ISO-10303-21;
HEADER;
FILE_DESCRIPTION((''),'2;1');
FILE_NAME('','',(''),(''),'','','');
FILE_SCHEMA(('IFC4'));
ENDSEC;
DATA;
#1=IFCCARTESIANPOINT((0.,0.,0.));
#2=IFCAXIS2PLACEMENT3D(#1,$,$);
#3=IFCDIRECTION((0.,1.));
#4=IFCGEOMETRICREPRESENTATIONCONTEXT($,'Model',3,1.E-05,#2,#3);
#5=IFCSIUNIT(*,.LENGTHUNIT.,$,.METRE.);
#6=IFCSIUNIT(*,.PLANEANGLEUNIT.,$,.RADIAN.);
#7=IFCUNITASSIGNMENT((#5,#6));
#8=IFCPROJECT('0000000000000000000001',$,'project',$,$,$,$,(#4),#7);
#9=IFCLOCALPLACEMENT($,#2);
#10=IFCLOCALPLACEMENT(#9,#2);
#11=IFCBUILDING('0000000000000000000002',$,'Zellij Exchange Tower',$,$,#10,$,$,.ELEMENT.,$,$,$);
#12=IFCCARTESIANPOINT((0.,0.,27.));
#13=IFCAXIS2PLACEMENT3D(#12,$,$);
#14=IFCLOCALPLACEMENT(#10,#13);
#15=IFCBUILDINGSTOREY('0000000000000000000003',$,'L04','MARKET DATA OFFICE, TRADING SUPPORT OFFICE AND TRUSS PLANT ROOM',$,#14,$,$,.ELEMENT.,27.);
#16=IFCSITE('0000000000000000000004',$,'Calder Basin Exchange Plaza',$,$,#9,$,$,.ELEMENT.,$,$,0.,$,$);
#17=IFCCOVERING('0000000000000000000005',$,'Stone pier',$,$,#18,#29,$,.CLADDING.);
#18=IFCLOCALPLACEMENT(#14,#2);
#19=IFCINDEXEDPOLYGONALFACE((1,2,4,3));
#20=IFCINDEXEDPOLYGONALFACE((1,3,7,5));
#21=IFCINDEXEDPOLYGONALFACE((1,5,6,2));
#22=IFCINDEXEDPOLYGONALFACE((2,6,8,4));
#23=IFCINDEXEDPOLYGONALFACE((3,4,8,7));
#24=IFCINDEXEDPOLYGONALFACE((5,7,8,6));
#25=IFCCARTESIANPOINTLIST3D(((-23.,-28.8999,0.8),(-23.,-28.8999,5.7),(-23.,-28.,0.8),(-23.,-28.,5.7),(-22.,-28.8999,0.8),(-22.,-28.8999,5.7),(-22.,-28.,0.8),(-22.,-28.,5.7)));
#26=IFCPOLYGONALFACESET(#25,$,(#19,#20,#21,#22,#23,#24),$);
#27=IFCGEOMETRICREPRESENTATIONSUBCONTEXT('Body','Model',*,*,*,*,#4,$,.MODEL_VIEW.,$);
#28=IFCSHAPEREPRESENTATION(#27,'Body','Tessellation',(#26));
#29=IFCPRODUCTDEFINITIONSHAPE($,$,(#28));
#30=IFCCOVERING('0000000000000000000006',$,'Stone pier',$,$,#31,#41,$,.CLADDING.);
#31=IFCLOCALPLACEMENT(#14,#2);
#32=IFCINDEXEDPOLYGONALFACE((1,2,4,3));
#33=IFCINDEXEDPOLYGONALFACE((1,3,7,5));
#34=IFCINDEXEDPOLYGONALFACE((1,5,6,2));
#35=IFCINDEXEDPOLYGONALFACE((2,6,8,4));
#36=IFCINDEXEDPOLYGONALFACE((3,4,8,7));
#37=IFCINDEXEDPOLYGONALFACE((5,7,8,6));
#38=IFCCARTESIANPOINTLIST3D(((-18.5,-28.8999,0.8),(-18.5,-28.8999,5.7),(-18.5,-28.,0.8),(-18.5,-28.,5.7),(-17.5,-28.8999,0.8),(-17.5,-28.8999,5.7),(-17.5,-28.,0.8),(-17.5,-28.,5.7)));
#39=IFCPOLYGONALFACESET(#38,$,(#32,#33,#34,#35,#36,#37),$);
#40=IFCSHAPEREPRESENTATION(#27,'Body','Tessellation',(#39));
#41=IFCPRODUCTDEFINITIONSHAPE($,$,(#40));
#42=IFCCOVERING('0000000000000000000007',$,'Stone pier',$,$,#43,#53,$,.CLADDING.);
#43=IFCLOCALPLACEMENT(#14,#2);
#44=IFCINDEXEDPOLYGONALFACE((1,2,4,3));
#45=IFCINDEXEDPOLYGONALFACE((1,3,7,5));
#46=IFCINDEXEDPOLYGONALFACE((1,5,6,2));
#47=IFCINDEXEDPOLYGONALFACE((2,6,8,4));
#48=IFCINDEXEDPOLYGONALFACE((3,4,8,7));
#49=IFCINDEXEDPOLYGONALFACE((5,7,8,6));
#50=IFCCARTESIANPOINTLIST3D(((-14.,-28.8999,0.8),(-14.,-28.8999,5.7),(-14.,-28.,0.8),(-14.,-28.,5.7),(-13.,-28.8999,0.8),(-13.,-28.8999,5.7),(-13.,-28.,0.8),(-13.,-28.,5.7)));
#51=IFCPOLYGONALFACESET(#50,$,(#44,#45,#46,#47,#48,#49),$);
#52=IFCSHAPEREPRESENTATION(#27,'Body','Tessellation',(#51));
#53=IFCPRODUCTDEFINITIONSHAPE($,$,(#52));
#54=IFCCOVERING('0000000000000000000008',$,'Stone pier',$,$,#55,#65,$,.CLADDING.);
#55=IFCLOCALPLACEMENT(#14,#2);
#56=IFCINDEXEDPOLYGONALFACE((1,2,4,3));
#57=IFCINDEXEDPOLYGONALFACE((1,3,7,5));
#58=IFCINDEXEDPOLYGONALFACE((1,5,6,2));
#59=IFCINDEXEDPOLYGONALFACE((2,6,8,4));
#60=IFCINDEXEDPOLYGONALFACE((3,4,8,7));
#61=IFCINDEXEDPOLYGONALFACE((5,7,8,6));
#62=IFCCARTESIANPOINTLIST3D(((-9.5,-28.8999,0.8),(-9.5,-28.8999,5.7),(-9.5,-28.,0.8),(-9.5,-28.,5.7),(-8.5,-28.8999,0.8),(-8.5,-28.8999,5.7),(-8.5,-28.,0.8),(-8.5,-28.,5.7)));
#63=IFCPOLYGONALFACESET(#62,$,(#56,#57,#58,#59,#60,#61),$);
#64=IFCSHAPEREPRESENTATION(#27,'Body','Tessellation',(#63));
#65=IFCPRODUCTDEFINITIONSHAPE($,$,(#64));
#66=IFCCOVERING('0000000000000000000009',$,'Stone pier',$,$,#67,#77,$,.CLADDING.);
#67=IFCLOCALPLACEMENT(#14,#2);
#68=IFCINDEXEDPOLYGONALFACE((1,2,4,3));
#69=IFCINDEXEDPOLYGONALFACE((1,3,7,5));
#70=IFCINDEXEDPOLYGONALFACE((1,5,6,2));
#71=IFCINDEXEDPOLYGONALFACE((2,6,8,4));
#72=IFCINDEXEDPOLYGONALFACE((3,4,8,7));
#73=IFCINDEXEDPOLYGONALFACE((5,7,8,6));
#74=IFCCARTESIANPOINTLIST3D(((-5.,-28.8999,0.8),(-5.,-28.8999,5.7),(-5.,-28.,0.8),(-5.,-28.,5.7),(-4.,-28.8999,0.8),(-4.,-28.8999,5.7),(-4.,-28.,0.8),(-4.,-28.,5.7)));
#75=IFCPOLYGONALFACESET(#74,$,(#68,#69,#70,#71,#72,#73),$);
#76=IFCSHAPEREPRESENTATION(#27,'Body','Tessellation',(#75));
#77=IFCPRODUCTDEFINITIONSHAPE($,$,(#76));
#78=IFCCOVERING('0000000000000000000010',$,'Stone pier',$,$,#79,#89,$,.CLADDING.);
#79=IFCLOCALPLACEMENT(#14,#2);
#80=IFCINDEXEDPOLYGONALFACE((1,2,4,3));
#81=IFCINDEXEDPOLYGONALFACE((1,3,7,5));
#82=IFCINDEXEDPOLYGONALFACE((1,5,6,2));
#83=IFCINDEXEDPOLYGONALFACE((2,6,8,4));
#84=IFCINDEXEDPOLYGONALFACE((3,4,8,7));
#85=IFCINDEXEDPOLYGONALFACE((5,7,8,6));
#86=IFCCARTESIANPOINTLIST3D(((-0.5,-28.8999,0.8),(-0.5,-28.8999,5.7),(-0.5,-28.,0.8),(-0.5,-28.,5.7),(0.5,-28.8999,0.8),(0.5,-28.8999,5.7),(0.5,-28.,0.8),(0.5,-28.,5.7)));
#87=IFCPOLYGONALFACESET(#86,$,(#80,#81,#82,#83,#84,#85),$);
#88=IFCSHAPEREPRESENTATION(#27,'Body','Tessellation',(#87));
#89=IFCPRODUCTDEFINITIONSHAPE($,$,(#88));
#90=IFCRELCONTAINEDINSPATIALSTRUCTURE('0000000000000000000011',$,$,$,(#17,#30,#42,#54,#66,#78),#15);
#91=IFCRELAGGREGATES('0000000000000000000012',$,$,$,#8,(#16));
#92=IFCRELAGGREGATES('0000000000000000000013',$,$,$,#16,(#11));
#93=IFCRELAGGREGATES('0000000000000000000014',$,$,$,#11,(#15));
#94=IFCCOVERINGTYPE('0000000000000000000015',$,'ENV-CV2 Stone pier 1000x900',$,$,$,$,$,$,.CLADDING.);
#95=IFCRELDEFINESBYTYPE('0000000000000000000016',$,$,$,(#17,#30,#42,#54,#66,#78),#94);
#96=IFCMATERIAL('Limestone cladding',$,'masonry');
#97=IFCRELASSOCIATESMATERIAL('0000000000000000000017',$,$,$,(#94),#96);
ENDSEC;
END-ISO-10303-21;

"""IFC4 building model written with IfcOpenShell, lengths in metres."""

from ifc_helpers import new_model, si_unit, direction, frame, origin, place, context, subcontext, project, spatial, polyline, outline, extrude, material, type_object, element, save


model = new_model("IFC4")

# Units and contexts
model_context = context("Model", 3, precision=1e-05, world=origin(), true_north=direction((0.0, 1.0)))
body_context = subcontext(model_context, "Body", "Model", "MODEL_VIEW")
ifc_project = project(units=[si_unit("LENGTHUNIT", "METRE"), si_unit("PLANEANGLEUNIT", "RADIAN")], contexts=[model_context])

# Site, building, storey
site_placement = place(None, origin())
site = spatial("IfcSite", under=ifc_project, at=site_placement, Name="Calder Basin Exchange Plaza", CompositionType="ELEMENT", RefElevation=0.0)
building_placement = place(site_placement, origin())
building = spatial("IfcBuilding", under=site, at=building_placement, Name="Zellij Exchange Tower", CompositionType="ELEMENT")
storey_placement = place(building_placement, frame((0.0, 0.0, 27.0)))
storey = spatial("IfcBuildingStorey", under=building, at=storey_placement, Name="L04", Description="MARKET DATA OFFICE, TRADING SUPPORT OFFICE AND TRUSS PLANT ROOM", CompositionType="ELEMENT", Elevation=27.0)

# Coverings
ifc_material_1 = material(Name="Limestone cladding", Category="masonry")
covering_type = type_object("IfcCoveringType", Name="ENV-CV2 Stone pier 1000x900", PredefinedType="CLADDING", material=ifc_material_1)
covering_1_placement = place(storey_placement, frame((0.0, 0.0, 0.8)))
element("IfcCovering", 1, at=covering_1_placement, inside=storey, type_object=covering_type, Name="Stone pier", PredefinedType="CLADDING", context=body_context, shape_type="SweptSolid", body=[
    extrude(outline(polyline([(-23.0, -28.0), (-22.0, -28.0), (-22.0, -28.8999), (-23.0, -28.8999), (-23.0, -28.0)])), origin(), (0.0, 0.0, 1.0), 4.8999),
])
covering_2_placement = place(storey_placement, frame((0.0, 0.0, 0.8)))
element("IfcCovering", 2, at=covering_2_placement, inside=storey, type_object=covering_type, Name="Stone pier", PredefinedType="CLADDING", context=body_context, shape_type="SweptSolid", body=[
    extrude(outline(polyline([(-18.5, -28.0), (-17.5, -28.0), (-17.5, -28.8999), (-18.5, -28.8999), (-18.5, -28.0)])), origin(), (0.0, 0.0, 1.0), 4.8999),
])
covering_3_placement = place(storey_placement, frame((0.0, 0.0, 0.8)))
element("IfcCovering", 3, at=covering_3_placement, inside=storey, type_object=covering_type, Name="Stone pier", PredefinedType="CLADDING", context=body_context, shape_type="SweptSolid", body=[
    extrude(outline(polyline([(-14.0, -28.0), (-13.0, -28.0), (-13.0, -28.8999), (-14.0, -28.8999), (-14.0, -28.0)])), origin(), (0.0, 0.0, 1.0), 4.8999),
])
covering_4_placement = place(storey_placement, frame((0.0, 0.0, 0.8)))
element("IfcCovering", 4, at=covering_4_placement, inside=storey, type_object=covering_type, Name="Stone pier", PredefinedType="CLADDING", context=body_context, shape_type="SweptSolid", body=[
    extrude(outline(polyline([(-9.5, -28.0), (-8.5, -28.0), (-8.5, -28.8999), (-9.5, -28.8999), (-9.5, -28.0)])), origin(), (0.0, 0.0, 1.0), 4.8999),
])
covering_5_placement = place(storey_placement, frame((0.0, 0.0, 0.8)))
element("IfcCovering", 5, at=covering_5_placement, inside=storey, type_object=covering_type, Name="Stone pier", PredefinedType="CLADDING", context=body_context, shape_type="SweptSolid", body=[
    extrude(outline(polyline([(-5.0, -28.0), (-4.0, -28.0), (-4.0, -28.8999), (-5.0, -28.8999), (-5.0, -28.0)])), origin(), (0.0, 0.0, 1.0), 4.8999),
])
covering_6_placement = place(storey_placement, frame((0.0, 0.0, 0.8)))
element("IfcCovering", 6, at=covering_6_placement, inside=storey, type_object=covering_type, Name="Stone pier", PredefinedType="CLADDING", context=body_context, shape_type="SweptSolid", body=[
    extrude(outline(polyline([(-0.5, -28.0), (0.5, -28.0), (0.5, -28.8999), (-0.5, -28.8999), (-0.5, -28.0)])), origin(), (0.0, 0.0, 1.0), 4.8999),
])

save(model, "model.ifc")
